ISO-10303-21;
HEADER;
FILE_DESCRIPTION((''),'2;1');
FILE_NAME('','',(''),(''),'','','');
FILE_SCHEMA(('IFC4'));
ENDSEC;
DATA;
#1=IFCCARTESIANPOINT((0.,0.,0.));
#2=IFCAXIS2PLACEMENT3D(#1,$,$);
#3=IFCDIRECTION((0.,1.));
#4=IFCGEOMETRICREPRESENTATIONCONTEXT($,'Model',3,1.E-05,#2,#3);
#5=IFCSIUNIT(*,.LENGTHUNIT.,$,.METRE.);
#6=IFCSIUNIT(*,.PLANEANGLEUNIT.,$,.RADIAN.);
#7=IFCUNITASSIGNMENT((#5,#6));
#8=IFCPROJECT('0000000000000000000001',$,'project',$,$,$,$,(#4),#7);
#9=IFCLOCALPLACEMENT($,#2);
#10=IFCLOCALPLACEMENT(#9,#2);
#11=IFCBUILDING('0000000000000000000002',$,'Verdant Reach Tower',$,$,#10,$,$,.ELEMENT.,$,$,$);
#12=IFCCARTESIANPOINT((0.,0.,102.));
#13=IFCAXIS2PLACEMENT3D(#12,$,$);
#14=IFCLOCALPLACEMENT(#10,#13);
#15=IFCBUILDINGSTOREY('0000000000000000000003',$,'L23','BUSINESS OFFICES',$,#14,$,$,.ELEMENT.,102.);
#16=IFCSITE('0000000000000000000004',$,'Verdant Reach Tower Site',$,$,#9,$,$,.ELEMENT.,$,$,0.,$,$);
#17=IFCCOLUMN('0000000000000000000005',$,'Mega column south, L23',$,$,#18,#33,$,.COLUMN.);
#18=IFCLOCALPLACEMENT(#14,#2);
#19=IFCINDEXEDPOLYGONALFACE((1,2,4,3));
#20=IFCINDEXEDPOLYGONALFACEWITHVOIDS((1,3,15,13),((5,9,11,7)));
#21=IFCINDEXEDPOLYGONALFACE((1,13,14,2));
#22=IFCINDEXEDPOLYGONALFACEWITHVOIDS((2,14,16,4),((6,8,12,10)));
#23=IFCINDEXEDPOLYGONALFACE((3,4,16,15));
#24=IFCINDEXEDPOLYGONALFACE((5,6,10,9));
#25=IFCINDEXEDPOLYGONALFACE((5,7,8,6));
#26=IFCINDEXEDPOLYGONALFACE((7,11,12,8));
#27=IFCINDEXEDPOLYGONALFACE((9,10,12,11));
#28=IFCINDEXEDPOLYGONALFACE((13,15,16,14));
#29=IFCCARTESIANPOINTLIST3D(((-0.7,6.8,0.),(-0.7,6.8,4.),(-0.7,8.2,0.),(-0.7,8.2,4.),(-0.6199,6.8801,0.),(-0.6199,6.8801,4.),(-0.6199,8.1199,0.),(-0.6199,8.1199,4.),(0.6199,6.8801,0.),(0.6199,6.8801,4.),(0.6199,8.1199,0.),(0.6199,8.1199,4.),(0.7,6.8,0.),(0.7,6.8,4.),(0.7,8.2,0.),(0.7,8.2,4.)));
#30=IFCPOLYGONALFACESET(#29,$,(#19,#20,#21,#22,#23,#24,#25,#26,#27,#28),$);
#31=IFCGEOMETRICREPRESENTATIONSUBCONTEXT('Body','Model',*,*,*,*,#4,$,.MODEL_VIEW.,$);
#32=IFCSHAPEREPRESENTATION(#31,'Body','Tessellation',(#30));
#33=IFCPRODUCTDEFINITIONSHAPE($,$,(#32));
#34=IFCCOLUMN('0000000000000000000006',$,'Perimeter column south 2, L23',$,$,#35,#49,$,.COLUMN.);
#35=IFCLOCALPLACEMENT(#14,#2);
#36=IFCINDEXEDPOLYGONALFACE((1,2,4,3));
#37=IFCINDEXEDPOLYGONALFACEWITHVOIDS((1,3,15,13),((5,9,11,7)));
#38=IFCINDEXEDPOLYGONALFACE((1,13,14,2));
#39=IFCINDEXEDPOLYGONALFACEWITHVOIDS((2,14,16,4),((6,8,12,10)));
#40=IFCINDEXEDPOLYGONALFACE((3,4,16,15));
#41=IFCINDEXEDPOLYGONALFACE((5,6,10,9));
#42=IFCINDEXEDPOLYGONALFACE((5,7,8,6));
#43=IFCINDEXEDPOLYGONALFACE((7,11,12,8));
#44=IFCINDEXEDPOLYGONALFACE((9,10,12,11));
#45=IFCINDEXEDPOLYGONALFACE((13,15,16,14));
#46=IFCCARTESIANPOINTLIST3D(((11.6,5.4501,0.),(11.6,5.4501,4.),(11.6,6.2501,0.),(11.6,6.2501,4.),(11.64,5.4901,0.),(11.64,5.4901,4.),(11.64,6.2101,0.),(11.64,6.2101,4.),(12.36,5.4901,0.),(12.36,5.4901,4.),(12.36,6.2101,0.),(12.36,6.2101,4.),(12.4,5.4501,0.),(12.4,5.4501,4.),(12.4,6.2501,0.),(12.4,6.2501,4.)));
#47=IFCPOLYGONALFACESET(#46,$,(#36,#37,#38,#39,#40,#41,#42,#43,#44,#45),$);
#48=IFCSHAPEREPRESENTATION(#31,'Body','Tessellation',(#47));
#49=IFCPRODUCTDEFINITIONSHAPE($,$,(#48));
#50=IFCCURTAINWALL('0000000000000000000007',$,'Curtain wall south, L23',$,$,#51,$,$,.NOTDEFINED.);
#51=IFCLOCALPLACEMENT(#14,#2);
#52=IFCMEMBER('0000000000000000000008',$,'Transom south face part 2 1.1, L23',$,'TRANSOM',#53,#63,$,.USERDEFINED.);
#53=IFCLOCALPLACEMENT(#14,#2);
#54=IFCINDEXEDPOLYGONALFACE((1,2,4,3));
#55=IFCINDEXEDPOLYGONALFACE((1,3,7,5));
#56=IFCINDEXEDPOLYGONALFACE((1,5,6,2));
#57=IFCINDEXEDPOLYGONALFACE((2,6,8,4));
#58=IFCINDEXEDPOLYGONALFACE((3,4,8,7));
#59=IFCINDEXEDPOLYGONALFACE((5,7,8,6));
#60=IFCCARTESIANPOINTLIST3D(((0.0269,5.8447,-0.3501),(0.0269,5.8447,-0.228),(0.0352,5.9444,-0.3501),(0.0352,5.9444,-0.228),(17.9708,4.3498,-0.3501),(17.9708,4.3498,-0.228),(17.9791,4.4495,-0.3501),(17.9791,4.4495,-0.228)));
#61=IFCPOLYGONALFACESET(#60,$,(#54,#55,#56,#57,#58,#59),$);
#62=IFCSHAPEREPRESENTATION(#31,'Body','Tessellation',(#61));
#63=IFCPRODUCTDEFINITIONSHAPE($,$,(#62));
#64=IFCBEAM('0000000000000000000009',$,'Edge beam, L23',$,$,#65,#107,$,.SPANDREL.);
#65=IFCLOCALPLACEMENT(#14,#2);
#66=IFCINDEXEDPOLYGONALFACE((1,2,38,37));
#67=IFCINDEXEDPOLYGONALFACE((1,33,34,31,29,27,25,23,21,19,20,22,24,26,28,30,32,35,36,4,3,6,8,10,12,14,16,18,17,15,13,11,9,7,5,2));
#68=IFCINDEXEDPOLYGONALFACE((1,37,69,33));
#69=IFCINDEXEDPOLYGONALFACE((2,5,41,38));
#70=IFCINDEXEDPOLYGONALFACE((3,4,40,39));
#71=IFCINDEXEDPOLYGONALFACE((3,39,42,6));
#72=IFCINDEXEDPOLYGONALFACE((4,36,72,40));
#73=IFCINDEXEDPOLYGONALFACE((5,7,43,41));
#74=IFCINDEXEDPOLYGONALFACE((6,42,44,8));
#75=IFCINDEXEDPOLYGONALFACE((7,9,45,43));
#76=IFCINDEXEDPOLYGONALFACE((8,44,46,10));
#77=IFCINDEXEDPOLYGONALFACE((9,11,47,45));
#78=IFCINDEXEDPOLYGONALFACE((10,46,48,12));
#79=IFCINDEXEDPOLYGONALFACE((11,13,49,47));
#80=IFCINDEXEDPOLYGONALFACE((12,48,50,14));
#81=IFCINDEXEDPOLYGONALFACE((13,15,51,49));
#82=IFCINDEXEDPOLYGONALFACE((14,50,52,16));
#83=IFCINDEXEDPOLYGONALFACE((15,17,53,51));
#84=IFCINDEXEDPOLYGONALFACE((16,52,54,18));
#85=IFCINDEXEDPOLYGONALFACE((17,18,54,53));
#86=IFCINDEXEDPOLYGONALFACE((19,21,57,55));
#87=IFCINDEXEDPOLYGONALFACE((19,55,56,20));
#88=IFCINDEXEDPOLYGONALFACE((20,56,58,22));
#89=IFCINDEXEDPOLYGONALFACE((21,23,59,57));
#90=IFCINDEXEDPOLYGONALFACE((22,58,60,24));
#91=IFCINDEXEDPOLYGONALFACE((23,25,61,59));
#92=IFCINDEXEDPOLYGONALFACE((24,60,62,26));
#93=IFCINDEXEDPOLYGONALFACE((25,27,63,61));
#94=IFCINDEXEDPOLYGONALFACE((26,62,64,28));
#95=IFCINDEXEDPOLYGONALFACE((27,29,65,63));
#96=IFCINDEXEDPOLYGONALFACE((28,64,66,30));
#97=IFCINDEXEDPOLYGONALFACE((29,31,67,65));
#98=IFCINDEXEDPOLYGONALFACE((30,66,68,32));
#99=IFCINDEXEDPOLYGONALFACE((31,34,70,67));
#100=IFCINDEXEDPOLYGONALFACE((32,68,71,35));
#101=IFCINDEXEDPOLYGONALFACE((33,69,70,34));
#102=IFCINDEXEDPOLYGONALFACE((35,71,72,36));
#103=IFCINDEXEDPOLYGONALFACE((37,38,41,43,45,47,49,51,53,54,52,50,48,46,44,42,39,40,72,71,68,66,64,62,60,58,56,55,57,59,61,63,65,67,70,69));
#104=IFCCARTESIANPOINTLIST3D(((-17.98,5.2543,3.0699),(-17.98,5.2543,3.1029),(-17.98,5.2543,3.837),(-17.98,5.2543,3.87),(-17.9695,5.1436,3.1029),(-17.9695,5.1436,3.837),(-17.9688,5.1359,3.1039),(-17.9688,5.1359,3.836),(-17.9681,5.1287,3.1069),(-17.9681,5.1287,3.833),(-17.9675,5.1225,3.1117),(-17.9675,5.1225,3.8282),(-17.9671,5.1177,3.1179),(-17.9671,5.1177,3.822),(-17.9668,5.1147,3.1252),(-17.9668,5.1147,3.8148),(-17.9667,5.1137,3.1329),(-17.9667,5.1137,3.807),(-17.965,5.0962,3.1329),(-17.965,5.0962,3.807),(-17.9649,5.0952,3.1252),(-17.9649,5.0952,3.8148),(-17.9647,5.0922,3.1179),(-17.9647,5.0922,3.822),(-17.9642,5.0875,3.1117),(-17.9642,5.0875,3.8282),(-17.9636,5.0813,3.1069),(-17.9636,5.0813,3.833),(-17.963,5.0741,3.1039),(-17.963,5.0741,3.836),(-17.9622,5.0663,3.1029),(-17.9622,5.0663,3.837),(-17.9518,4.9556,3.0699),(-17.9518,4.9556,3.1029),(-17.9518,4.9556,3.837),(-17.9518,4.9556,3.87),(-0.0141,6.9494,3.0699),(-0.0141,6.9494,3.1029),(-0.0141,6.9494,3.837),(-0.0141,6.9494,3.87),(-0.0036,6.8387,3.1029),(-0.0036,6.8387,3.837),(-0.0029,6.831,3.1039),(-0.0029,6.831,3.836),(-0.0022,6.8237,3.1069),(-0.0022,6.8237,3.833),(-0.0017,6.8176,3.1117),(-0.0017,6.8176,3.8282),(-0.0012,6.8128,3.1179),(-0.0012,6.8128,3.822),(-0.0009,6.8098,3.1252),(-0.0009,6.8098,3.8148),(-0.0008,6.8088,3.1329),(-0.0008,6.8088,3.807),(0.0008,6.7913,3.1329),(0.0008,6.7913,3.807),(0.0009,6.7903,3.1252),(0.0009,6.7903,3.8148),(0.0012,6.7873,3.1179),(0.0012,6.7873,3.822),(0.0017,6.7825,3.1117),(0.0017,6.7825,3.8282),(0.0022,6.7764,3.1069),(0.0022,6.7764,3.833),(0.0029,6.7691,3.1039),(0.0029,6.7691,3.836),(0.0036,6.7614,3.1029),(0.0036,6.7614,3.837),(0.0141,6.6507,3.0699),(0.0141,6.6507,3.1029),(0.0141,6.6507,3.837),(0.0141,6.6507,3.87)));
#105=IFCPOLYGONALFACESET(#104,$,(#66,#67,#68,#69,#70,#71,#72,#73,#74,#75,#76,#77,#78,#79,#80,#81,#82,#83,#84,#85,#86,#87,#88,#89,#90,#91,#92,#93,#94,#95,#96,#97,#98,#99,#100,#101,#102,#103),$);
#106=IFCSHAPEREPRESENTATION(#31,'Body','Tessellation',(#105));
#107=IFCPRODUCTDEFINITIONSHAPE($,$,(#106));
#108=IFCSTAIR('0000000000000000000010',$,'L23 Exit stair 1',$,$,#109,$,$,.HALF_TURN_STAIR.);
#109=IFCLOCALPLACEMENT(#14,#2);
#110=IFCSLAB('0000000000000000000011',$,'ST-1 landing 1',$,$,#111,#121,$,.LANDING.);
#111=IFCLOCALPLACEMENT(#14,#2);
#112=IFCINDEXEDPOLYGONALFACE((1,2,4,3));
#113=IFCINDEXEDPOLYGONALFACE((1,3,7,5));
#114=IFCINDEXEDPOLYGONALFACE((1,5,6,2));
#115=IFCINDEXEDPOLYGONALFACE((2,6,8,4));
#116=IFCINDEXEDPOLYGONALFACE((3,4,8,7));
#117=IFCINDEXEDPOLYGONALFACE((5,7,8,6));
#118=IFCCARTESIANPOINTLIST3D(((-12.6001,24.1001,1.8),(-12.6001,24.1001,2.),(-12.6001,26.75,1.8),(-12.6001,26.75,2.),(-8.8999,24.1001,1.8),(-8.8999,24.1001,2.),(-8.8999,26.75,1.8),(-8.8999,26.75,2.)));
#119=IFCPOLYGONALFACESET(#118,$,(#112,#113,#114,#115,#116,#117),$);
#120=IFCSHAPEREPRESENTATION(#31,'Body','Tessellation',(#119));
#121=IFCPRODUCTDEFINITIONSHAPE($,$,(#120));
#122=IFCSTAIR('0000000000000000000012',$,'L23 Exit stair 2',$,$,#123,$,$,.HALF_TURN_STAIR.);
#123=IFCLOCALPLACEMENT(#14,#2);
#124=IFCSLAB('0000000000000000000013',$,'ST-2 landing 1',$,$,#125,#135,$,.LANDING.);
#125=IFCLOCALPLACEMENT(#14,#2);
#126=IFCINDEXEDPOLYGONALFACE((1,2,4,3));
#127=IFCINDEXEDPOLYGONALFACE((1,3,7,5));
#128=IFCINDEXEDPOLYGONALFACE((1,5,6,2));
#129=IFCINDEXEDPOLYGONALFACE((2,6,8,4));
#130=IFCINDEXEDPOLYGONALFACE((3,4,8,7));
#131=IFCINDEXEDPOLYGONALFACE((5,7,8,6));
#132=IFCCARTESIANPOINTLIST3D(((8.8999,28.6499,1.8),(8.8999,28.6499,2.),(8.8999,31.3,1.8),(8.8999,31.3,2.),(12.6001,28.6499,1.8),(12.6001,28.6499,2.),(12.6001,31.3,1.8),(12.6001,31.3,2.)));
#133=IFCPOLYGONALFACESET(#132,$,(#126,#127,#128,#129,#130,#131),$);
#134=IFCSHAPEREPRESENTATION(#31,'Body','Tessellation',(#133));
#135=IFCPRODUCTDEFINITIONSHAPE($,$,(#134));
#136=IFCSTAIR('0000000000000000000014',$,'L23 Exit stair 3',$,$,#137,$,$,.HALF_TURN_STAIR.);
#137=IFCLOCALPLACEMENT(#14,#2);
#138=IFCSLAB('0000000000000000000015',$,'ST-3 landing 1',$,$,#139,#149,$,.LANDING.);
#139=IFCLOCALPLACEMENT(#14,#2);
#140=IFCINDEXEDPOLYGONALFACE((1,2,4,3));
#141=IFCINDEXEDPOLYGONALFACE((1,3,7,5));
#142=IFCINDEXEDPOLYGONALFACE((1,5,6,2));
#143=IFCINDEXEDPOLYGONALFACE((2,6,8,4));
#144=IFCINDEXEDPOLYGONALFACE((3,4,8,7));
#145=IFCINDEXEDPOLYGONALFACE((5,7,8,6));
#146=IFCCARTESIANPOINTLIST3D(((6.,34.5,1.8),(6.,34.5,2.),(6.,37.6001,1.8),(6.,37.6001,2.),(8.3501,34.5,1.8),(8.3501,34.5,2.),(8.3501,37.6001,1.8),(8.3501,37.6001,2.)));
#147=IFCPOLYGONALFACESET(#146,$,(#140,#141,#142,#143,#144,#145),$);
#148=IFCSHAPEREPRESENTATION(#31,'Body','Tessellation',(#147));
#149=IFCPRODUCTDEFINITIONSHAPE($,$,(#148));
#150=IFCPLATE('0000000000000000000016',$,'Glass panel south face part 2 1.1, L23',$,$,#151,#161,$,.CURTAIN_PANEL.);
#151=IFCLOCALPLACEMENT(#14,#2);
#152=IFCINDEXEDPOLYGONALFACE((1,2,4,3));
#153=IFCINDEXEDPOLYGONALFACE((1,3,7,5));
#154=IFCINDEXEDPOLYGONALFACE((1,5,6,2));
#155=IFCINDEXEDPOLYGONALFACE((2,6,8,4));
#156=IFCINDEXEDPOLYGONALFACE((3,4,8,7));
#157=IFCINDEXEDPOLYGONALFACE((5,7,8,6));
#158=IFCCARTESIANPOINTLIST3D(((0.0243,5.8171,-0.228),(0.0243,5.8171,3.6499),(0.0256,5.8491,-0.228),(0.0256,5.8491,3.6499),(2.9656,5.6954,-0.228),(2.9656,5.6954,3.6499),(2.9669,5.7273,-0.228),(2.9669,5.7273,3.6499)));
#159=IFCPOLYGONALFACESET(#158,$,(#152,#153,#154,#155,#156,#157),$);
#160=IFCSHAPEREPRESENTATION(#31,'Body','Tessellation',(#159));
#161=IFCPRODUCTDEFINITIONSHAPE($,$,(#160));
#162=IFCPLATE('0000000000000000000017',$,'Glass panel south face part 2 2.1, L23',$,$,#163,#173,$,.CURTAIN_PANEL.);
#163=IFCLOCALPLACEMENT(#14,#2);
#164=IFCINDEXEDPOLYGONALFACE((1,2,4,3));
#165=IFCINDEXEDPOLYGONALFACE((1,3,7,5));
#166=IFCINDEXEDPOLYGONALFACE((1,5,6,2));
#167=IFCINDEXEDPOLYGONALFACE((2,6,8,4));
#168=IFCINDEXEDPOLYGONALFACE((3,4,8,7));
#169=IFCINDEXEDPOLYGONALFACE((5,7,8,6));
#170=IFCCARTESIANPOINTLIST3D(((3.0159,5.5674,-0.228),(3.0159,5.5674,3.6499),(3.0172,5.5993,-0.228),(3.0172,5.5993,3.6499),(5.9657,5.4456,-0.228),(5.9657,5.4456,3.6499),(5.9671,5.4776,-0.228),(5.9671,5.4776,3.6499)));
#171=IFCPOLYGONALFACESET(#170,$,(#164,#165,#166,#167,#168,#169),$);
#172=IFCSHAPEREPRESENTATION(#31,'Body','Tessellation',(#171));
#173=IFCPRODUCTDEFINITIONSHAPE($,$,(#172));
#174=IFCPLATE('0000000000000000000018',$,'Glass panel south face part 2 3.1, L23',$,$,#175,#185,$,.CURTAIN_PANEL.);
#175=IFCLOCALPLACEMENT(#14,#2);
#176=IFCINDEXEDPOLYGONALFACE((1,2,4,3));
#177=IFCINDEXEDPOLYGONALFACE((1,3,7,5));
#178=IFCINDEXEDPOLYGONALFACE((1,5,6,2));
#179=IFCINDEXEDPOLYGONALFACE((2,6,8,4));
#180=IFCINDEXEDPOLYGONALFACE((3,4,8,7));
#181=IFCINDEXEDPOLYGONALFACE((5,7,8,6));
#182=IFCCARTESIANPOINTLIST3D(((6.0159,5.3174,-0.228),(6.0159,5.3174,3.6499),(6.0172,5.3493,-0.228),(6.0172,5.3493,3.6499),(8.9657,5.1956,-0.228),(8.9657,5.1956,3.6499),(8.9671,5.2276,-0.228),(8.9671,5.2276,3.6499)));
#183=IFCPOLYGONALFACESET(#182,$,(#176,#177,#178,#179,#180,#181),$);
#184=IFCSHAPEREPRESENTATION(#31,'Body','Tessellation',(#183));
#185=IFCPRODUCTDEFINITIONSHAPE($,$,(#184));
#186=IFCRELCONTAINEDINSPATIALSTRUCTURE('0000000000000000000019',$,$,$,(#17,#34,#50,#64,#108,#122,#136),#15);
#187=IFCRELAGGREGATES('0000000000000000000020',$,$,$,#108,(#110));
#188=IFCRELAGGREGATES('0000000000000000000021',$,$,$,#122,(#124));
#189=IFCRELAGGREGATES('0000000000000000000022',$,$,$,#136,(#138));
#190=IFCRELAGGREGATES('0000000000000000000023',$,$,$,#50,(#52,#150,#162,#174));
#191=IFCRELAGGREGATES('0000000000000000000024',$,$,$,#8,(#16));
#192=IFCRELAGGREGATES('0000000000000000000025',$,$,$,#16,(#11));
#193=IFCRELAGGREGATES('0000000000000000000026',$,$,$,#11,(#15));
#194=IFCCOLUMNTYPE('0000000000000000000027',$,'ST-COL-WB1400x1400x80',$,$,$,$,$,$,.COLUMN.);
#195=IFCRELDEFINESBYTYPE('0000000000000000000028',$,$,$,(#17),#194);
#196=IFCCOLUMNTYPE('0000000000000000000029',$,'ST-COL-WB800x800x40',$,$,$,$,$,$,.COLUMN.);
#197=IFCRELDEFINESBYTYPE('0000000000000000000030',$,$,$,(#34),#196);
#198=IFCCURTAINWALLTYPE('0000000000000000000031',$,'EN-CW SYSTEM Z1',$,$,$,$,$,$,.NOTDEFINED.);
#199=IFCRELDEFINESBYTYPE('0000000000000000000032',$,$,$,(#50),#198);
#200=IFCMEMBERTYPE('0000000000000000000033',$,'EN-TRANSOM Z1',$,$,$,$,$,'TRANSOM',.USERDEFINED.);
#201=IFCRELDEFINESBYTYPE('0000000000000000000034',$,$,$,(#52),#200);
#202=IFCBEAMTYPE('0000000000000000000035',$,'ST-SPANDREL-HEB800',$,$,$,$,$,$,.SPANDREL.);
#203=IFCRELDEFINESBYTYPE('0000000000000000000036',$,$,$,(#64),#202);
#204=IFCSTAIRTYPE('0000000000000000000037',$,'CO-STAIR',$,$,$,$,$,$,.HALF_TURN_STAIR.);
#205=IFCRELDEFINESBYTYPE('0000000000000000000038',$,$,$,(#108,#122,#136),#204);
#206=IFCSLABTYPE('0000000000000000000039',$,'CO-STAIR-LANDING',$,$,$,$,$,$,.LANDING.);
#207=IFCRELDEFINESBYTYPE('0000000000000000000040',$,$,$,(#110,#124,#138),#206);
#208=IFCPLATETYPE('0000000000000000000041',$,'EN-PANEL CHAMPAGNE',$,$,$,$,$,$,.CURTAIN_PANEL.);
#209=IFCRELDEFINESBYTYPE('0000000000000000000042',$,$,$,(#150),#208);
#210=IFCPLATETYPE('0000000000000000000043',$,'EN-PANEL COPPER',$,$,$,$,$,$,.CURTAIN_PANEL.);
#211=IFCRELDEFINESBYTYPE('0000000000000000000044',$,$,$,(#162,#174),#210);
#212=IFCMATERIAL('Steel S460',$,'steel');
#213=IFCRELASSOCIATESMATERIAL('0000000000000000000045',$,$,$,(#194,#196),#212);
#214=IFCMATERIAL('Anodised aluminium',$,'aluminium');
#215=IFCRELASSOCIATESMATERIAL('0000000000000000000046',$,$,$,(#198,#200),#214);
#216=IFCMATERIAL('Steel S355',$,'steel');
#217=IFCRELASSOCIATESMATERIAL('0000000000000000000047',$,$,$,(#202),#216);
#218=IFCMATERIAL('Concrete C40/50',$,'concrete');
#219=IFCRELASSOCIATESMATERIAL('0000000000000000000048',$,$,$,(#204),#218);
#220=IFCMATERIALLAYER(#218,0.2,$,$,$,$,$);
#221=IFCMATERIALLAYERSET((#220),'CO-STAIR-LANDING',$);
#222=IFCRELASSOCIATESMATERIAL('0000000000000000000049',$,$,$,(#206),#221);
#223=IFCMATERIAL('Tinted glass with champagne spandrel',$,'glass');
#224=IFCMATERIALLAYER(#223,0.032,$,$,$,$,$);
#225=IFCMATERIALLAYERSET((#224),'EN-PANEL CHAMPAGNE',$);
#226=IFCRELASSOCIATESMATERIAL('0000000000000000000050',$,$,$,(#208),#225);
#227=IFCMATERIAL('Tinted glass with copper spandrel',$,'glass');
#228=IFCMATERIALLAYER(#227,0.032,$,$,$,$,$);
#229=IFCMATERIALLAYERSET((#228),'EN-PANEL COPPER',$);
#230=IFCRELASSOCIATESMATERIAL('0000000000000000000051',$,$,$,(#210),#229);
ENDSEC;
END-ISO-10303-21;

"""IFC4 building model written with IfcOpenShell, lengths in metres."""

from ifc_helpers import new_model, si_unit, direction, frame, origin, origin_2d, place, context, subcontext, project, spatial, polyline, rectangle, hollow_rectangle, i_section, outline, extrude, material, layer, layer_set, material_profile, profile_set, type_object, element, aggregate, save


model = new_model("IFC4")

# Units and contexts
model_context = context("Model", 3, precision=1e-05, world=origin(), true_north=direction((0.0, 1.0)))
body_context = subcontext(model_context, "Body", "Model", "MODEL_VIEW")
ifc_project = project(units=[si_unit("LENGTHUNIT", "METRE"), si_unit("PLANEANGLEUNIT", "RADIAN")], contexts=[model_context])

# Site, building, storey
site_placement = place(None, origin())
site = spatial("IfcSite", under=ifc_project, at=site_placement, Name="Verdant Reach Tower Site", CompositionType="ELEMENT", RefElevation=0.0)
building_placement = place(site_placement, origin())
building = spatial("IfcBuilding", under=site, at=building_placement, Name="Verdant Reach Tower", CompositionType="ELEMENT")
storey_placement = place(building_placement, frame((0.0, 0.0, 102.0)))
storey = spatial("IfcBuildingStorey", under=building, at=storey_placement, Name="L23", Description="BUSINESS OFFICES", CompositionType="ELEMENT", Elevation=102.0)

# Columns
ifc_material_1 = material(Name="Steel S460", Category="steel")
ifc_material_profile_1 = material_profile(ifc_material_1, hollow_rectangle(XDim=1.3999, YDim=1.3999, WallThickness=0.0801, at=origin_2d()), Name="WB 1400x1400x80")
ifc_profile_set_1 = profile_set([ifc_material_profile_1], Name="Steel S460")
column_type_1 = type_object("IfcColumnType", Name="ST-COL-WB1400x1400x80", PredefinedType="COLUMN", material=ifc_profile_set_1)
column_1_placement = place(storey_placement, frame((0.0, 7.5, 0.0), z_axis=(0.0, 0.0, 1.0), x_axis=(1.0, 0.0, 0.0)))
element("IfcColumn", 1, at=column_1_placement, inside=storey, type_object=column_type_1, Name="Mega column south, L23", PredefinedType="COLUMN", context=body_context, shape_type="SweptSolid", body=[
    extrude(hollow_rectangle(XDim=1.3999, YDim=1.3999, WallThickness=0.0801, at=origin_2d()), origin(), (0.0, 0.0, 1.0), 4.0),
])
ifc_material_profile_2 = material_profile(ifc_material_1, hollow_rectangle(XDim=0.8, YDim=0.8, WallThickness=0.04, at=origin_2d()), Name="WB 800x800x40")
ifc_profile_set_2 = profile_set([ifc_material_profile_2], Name="Steel S460")
column_type_2 = type_object("IfcColumnType", Name="ST-COL-WB800x800x40", PredefinedType="COLUMN", material=ifc_profile_set_2)
column_2_placement = place(storey_placement, frame((12.0, 5.8501, 0.0), z_axis=(0.0, 0.0, 1.0), x_axis=(1.0, 0.0, 0.0)))
element("IfcColumn", 2, at=column_2_placement, inside=storey, type_object=column_type_2, Name="Perimeter column south 2, L23", PredefinedType="COLUMN", context=body_context, shape_type="SweptSolid", body=[
    extrude(hollow_rectangle(XDim=0.8, YDim=0.8, WallThickness=0.04, at=origin_2d()), origin(), (0.0, 0.0, 1.0), 4.0),
])

# Curtain wall, member
ifc_material_2 = material(Name="Anodised aluminium", Category="aluminium")
curtain_wall_type = type_object("IfcCurtainWallType", Name="EN-CW SYSTEM Z1", PredefinedType="NOTDEFINED", material=ifc_material_2)
curtain_wall_placement = place(storey_placement, origin())
curtain_wall = element("IfcCurtainWall", 3, at=curtain_wall_placement, inside=storey, type_object=curtain_wall_type, Name="Curtain wall south, L23", PredefinedType="NOTDEFINED")
ifc_material_profile_3 = material_profile(ifc_material_2, rectangle(XDim=0.1001, YDim=0.1221, at=origin_2d()), Name="Transom 122x100")
ifc_profile_set_3 = profile_set([ifc_material_profile_3], Name="Anodised aluminium")
member_type = type_object("IfcMemberType", Name="EN-TRANSOM Z1", ElementType="TRANSOM", PredefinedType="USERDEFINED", material=ifc_profile_set_3)
member_placement = place(storey_placement, frame((0.031, 5.8945, -0.2891), z_axis=(0.996548, -0.083021, 0.0), x_axis=(0.083021, 0.996548, 0.0)))
member = element("IfcMember", 4, at=member_placement, type_object=member_type, Name="Transom south face part 2 1.1, L23", ObjectType="TRANSOM", PredefinedType="USERDEFINED", context=body_context, shape_type="SweptSolid", body=[
    extrude(rectangle(XDim=0.1001, YDim=0.1221, at=origin_2d()), origin(), (0.0, 0.0, 1.0), 18.0061),
])

# Beam
ifc_material_3 = material(Name="Steel S355", Category="steel")
ifc_material_profile_4 = material_profile(ifc_material_3, i_section(OverallWidth=0.3, OverallDepth=0.8, WebThickness=0.0176, FlangeThickness=0.033, FilletRadius=0.03, at=origin_2d()), Name="HEB 800")
ifc_profile_set_4 = profile_set([ifc_material_profile_4], Name="Steel S355")
beam_type = type_object("IfcBeamType", Name="ST-SPANDREL-HEB800", PredefinedType="SPANDREL", material=ifc_profile_set_4)
beam_placement = place(storey_placement, frame((0.0, 6.8, 3.47), z_axis=(-0.995579, -0.093932, 0.0), x_axis=(0.093932, -0.995579, 0.0)))
element("IfcBeam", 5, at=beam_placement, inside=storey, type_object=beam_type, Name="Edge beam, L23", PredefinedType="SPANDREL", context=body_context, shape_type="SweptSolid", body=[
    extrude(i_section(OverallWidth=0.3, OverallDepth=0.8, WebThickness=0.0176, FlangeThickness=0.033, FilletRadius=0.03, at=origin_2d()), origin(), (0.0, 0.0, 1.0), 18.0457),
])

# Stairs, slabs
ifc_material_4 = material(Name="Concrete C40/50", Category="concrete")
stair_type = type_object("IfcStairType", Name="CO-STAIR", PredefinedType="HALF_TURN_STAIR", material=ifc_material_4)
stair_1_placement = place(storey_placement, origin())
stair_1 = element("IfcStair", 6, at=stair_1_placement, inside=storey, type_object=stair_type, Name="L23 Exit stair 1", PredefinedType="HALF_TURN_STAIR")
ifc_layer_1 = layer(ifc_material_4, 0.2)
ifc_layer_set_1 = layer_set([ifc_layer_1], Name="CO-STAIR-LANDING")
slab_type = type_object("IfcSlabType", Name="CO-STAIR-LANDING", PredefinedType="LANDING", material=ifc_layer_set_1)
slab_1_placement = place(storey_placement, frame((0.0, 0.0, 1.8)))
slab_1 = element("IfcSlab", 7, at=slab_1_placement, type_object=slab_type, Name="ST-1 landing 1", PredefinedType="LANDING", context=body_context, shape_type="SweptSolid", body=[
    extrude(outline(polyline([(-12.6001, 26.75), (-12.6001, 24.1001), (-8.8999, 24.1001), (-8.8999, 26.75), (-12.6001, 26.75)])), origin(), (0.0, 0.0, 1.0), 0.2),
])
aggregate(stair_1, [slab_1])
stair_2_placement = place(storey_placement, origin())
stair_2 = element("IfcStair", 8, at=stair_2_placement, inside=storey, type_object=stair_type, Name="L23 Exit stair 2", PredefinedType="HALF_TURN_STAIR")
slab_2_placement = place(storey_placement, frame((0.0, 0.0, 1.8)))
slab_2 = element("IfcSlab", 9, at=slab_2_placement, type_object=slab_type, Name="ST-2 landing 1", PredefinedType="LANDING", context=body_context, shape_type="SweptSolid", body=[
    extrude(outline(polyline([(12.6001, 28.6499), (12.6001, 31.3), (8.8999, 31.3), (8.8999, 28.6499), (12.6001, 28.6499)])), origin(), (0.0, 0.0, 1.0), 0.2),
])
aggregate(stair_2, [slab_2])
stair_3_placement = place(storey_placement, origin())
stair_3 = element("IfcStair", 10, at=stair_3_placement, inside=storey, type_object=stair_type, Name="L23 Exit stair 3", PredefinedType="HALF_TURN_STAIR")
slab_3_placement = place(storey_placement, frame((0.0, 0.0, 1.8)))
slab_3 = element("IfcSlab", 11, at=slab_3_placement, type_object=slab_type, Name="ST-3 landing 1", PredefinedType="LANDING", context=body_context, shape_type="SweptSolid", body=[
    extrude(outline(polyline([(8.3501, 37.6001), (6.0, 37.6001), (6.0, 34.5), (8.3501, 34.5), (8.3501, 37.6001)])), origin(), (0.0, 0.0, 1.0), 0.2),
])
aggregate(stair_3, [slab_3])

# Plates
ifc_material_5 = material(Name="Tinted glass with champagne spandrel", Category="glass")
ifc_layer_2 = layer(ifc_material_5, 0.032)
ifc_layer_set_2 = layer_set([ifc_layer_2], Name="EN-PANEL CHAMPAGNE")
plate_type_1 = type_object("IfcPlateType", Name="EN-PANEL CHAMPAGNE", PredefinedType="CURTAIN_PANEL", material=ifc_layer_set_2)
plate_1_placement = place(storey_placement, frame((1.4956, 5.7722, -0.228), z_axis=(0.0, 0.0, 1.0), x_axis=(0.999144, -0.04136, 0.0)))
plate_1 = element("IfcPlate", 12, at=plate_1_placement, type_object=plate_type_1, Name="Glass panel south face part 2 1.1, L23", PredefinedType="CURTAIN_PANEL", context=body_context, shape_type="SweptSolid", body=[
    extrude(rectangle(XDim=2.9438, YDim=0.032, at=origin_2d()), origin(), (0.0, 0.0, 1.0), 3.8779),
])
ifc_material_6 = material(Name="Tinted glass with copper spandrel", Category="glass")
ifc_layer_3 = layer(ifc_material_6, 0.032)
ifc_layer_set_3 = layer_set([ifc_layer_3], Name="EN-PANEL COPPER")
plate_type_2 = type_object("IfcPlateType", Name="EN-PANEL COPPER", PredefinedType="CURTAIN_PANEL", material=ifc_layer_set_3)
plate_2_placement = place(storey_placement, frame((4.4915, 5.5225, -0.228), z_axis=(0.0, 0.0, 1.0), x_axis=(0.999149, -0.041242, 0.0)))
plate_2 = element("IfcPlate", 13, at=plate_2_placement, type_object=plate_type_2, Name="Glass panel south face part 2 2.1, L23", PredefinedType="CURTAIN_PANEL", context=body_context, shape_type="SweptSolid", body=[
    extrude(rectangle(XDim=2.9524, YDim=0.032, at=origin_2d()), origin(), (0.0, 0.0, 1.0), 3.8779),
])
plate_3_placement = place(storey_placement, frame((7.4915, 5.2725, -0.228), z_axis=(0.0, 0.0, 1.0), x_axis=(0.999149, -0.041242, 0.0)))
plate_3 = element("IfcPlate", 14, at=plate_3_placement, type_object=plate_type_2, Name="Glass panel south face part 2 3.1, L23", PredefinedType="CURTAIN_PANEL", context=body_context, shape_type="SweptSolid", body=[
    extrude(rectangle(XDim=2.9524, YDim=0.032, at=origin_2d()), origin(), (0.0, 0.0, 1.0), 3.8779),
])
aggregate(curtain_wall, [member, plate_1, plate_2, plate_3])

save(model, "model.ifc")
